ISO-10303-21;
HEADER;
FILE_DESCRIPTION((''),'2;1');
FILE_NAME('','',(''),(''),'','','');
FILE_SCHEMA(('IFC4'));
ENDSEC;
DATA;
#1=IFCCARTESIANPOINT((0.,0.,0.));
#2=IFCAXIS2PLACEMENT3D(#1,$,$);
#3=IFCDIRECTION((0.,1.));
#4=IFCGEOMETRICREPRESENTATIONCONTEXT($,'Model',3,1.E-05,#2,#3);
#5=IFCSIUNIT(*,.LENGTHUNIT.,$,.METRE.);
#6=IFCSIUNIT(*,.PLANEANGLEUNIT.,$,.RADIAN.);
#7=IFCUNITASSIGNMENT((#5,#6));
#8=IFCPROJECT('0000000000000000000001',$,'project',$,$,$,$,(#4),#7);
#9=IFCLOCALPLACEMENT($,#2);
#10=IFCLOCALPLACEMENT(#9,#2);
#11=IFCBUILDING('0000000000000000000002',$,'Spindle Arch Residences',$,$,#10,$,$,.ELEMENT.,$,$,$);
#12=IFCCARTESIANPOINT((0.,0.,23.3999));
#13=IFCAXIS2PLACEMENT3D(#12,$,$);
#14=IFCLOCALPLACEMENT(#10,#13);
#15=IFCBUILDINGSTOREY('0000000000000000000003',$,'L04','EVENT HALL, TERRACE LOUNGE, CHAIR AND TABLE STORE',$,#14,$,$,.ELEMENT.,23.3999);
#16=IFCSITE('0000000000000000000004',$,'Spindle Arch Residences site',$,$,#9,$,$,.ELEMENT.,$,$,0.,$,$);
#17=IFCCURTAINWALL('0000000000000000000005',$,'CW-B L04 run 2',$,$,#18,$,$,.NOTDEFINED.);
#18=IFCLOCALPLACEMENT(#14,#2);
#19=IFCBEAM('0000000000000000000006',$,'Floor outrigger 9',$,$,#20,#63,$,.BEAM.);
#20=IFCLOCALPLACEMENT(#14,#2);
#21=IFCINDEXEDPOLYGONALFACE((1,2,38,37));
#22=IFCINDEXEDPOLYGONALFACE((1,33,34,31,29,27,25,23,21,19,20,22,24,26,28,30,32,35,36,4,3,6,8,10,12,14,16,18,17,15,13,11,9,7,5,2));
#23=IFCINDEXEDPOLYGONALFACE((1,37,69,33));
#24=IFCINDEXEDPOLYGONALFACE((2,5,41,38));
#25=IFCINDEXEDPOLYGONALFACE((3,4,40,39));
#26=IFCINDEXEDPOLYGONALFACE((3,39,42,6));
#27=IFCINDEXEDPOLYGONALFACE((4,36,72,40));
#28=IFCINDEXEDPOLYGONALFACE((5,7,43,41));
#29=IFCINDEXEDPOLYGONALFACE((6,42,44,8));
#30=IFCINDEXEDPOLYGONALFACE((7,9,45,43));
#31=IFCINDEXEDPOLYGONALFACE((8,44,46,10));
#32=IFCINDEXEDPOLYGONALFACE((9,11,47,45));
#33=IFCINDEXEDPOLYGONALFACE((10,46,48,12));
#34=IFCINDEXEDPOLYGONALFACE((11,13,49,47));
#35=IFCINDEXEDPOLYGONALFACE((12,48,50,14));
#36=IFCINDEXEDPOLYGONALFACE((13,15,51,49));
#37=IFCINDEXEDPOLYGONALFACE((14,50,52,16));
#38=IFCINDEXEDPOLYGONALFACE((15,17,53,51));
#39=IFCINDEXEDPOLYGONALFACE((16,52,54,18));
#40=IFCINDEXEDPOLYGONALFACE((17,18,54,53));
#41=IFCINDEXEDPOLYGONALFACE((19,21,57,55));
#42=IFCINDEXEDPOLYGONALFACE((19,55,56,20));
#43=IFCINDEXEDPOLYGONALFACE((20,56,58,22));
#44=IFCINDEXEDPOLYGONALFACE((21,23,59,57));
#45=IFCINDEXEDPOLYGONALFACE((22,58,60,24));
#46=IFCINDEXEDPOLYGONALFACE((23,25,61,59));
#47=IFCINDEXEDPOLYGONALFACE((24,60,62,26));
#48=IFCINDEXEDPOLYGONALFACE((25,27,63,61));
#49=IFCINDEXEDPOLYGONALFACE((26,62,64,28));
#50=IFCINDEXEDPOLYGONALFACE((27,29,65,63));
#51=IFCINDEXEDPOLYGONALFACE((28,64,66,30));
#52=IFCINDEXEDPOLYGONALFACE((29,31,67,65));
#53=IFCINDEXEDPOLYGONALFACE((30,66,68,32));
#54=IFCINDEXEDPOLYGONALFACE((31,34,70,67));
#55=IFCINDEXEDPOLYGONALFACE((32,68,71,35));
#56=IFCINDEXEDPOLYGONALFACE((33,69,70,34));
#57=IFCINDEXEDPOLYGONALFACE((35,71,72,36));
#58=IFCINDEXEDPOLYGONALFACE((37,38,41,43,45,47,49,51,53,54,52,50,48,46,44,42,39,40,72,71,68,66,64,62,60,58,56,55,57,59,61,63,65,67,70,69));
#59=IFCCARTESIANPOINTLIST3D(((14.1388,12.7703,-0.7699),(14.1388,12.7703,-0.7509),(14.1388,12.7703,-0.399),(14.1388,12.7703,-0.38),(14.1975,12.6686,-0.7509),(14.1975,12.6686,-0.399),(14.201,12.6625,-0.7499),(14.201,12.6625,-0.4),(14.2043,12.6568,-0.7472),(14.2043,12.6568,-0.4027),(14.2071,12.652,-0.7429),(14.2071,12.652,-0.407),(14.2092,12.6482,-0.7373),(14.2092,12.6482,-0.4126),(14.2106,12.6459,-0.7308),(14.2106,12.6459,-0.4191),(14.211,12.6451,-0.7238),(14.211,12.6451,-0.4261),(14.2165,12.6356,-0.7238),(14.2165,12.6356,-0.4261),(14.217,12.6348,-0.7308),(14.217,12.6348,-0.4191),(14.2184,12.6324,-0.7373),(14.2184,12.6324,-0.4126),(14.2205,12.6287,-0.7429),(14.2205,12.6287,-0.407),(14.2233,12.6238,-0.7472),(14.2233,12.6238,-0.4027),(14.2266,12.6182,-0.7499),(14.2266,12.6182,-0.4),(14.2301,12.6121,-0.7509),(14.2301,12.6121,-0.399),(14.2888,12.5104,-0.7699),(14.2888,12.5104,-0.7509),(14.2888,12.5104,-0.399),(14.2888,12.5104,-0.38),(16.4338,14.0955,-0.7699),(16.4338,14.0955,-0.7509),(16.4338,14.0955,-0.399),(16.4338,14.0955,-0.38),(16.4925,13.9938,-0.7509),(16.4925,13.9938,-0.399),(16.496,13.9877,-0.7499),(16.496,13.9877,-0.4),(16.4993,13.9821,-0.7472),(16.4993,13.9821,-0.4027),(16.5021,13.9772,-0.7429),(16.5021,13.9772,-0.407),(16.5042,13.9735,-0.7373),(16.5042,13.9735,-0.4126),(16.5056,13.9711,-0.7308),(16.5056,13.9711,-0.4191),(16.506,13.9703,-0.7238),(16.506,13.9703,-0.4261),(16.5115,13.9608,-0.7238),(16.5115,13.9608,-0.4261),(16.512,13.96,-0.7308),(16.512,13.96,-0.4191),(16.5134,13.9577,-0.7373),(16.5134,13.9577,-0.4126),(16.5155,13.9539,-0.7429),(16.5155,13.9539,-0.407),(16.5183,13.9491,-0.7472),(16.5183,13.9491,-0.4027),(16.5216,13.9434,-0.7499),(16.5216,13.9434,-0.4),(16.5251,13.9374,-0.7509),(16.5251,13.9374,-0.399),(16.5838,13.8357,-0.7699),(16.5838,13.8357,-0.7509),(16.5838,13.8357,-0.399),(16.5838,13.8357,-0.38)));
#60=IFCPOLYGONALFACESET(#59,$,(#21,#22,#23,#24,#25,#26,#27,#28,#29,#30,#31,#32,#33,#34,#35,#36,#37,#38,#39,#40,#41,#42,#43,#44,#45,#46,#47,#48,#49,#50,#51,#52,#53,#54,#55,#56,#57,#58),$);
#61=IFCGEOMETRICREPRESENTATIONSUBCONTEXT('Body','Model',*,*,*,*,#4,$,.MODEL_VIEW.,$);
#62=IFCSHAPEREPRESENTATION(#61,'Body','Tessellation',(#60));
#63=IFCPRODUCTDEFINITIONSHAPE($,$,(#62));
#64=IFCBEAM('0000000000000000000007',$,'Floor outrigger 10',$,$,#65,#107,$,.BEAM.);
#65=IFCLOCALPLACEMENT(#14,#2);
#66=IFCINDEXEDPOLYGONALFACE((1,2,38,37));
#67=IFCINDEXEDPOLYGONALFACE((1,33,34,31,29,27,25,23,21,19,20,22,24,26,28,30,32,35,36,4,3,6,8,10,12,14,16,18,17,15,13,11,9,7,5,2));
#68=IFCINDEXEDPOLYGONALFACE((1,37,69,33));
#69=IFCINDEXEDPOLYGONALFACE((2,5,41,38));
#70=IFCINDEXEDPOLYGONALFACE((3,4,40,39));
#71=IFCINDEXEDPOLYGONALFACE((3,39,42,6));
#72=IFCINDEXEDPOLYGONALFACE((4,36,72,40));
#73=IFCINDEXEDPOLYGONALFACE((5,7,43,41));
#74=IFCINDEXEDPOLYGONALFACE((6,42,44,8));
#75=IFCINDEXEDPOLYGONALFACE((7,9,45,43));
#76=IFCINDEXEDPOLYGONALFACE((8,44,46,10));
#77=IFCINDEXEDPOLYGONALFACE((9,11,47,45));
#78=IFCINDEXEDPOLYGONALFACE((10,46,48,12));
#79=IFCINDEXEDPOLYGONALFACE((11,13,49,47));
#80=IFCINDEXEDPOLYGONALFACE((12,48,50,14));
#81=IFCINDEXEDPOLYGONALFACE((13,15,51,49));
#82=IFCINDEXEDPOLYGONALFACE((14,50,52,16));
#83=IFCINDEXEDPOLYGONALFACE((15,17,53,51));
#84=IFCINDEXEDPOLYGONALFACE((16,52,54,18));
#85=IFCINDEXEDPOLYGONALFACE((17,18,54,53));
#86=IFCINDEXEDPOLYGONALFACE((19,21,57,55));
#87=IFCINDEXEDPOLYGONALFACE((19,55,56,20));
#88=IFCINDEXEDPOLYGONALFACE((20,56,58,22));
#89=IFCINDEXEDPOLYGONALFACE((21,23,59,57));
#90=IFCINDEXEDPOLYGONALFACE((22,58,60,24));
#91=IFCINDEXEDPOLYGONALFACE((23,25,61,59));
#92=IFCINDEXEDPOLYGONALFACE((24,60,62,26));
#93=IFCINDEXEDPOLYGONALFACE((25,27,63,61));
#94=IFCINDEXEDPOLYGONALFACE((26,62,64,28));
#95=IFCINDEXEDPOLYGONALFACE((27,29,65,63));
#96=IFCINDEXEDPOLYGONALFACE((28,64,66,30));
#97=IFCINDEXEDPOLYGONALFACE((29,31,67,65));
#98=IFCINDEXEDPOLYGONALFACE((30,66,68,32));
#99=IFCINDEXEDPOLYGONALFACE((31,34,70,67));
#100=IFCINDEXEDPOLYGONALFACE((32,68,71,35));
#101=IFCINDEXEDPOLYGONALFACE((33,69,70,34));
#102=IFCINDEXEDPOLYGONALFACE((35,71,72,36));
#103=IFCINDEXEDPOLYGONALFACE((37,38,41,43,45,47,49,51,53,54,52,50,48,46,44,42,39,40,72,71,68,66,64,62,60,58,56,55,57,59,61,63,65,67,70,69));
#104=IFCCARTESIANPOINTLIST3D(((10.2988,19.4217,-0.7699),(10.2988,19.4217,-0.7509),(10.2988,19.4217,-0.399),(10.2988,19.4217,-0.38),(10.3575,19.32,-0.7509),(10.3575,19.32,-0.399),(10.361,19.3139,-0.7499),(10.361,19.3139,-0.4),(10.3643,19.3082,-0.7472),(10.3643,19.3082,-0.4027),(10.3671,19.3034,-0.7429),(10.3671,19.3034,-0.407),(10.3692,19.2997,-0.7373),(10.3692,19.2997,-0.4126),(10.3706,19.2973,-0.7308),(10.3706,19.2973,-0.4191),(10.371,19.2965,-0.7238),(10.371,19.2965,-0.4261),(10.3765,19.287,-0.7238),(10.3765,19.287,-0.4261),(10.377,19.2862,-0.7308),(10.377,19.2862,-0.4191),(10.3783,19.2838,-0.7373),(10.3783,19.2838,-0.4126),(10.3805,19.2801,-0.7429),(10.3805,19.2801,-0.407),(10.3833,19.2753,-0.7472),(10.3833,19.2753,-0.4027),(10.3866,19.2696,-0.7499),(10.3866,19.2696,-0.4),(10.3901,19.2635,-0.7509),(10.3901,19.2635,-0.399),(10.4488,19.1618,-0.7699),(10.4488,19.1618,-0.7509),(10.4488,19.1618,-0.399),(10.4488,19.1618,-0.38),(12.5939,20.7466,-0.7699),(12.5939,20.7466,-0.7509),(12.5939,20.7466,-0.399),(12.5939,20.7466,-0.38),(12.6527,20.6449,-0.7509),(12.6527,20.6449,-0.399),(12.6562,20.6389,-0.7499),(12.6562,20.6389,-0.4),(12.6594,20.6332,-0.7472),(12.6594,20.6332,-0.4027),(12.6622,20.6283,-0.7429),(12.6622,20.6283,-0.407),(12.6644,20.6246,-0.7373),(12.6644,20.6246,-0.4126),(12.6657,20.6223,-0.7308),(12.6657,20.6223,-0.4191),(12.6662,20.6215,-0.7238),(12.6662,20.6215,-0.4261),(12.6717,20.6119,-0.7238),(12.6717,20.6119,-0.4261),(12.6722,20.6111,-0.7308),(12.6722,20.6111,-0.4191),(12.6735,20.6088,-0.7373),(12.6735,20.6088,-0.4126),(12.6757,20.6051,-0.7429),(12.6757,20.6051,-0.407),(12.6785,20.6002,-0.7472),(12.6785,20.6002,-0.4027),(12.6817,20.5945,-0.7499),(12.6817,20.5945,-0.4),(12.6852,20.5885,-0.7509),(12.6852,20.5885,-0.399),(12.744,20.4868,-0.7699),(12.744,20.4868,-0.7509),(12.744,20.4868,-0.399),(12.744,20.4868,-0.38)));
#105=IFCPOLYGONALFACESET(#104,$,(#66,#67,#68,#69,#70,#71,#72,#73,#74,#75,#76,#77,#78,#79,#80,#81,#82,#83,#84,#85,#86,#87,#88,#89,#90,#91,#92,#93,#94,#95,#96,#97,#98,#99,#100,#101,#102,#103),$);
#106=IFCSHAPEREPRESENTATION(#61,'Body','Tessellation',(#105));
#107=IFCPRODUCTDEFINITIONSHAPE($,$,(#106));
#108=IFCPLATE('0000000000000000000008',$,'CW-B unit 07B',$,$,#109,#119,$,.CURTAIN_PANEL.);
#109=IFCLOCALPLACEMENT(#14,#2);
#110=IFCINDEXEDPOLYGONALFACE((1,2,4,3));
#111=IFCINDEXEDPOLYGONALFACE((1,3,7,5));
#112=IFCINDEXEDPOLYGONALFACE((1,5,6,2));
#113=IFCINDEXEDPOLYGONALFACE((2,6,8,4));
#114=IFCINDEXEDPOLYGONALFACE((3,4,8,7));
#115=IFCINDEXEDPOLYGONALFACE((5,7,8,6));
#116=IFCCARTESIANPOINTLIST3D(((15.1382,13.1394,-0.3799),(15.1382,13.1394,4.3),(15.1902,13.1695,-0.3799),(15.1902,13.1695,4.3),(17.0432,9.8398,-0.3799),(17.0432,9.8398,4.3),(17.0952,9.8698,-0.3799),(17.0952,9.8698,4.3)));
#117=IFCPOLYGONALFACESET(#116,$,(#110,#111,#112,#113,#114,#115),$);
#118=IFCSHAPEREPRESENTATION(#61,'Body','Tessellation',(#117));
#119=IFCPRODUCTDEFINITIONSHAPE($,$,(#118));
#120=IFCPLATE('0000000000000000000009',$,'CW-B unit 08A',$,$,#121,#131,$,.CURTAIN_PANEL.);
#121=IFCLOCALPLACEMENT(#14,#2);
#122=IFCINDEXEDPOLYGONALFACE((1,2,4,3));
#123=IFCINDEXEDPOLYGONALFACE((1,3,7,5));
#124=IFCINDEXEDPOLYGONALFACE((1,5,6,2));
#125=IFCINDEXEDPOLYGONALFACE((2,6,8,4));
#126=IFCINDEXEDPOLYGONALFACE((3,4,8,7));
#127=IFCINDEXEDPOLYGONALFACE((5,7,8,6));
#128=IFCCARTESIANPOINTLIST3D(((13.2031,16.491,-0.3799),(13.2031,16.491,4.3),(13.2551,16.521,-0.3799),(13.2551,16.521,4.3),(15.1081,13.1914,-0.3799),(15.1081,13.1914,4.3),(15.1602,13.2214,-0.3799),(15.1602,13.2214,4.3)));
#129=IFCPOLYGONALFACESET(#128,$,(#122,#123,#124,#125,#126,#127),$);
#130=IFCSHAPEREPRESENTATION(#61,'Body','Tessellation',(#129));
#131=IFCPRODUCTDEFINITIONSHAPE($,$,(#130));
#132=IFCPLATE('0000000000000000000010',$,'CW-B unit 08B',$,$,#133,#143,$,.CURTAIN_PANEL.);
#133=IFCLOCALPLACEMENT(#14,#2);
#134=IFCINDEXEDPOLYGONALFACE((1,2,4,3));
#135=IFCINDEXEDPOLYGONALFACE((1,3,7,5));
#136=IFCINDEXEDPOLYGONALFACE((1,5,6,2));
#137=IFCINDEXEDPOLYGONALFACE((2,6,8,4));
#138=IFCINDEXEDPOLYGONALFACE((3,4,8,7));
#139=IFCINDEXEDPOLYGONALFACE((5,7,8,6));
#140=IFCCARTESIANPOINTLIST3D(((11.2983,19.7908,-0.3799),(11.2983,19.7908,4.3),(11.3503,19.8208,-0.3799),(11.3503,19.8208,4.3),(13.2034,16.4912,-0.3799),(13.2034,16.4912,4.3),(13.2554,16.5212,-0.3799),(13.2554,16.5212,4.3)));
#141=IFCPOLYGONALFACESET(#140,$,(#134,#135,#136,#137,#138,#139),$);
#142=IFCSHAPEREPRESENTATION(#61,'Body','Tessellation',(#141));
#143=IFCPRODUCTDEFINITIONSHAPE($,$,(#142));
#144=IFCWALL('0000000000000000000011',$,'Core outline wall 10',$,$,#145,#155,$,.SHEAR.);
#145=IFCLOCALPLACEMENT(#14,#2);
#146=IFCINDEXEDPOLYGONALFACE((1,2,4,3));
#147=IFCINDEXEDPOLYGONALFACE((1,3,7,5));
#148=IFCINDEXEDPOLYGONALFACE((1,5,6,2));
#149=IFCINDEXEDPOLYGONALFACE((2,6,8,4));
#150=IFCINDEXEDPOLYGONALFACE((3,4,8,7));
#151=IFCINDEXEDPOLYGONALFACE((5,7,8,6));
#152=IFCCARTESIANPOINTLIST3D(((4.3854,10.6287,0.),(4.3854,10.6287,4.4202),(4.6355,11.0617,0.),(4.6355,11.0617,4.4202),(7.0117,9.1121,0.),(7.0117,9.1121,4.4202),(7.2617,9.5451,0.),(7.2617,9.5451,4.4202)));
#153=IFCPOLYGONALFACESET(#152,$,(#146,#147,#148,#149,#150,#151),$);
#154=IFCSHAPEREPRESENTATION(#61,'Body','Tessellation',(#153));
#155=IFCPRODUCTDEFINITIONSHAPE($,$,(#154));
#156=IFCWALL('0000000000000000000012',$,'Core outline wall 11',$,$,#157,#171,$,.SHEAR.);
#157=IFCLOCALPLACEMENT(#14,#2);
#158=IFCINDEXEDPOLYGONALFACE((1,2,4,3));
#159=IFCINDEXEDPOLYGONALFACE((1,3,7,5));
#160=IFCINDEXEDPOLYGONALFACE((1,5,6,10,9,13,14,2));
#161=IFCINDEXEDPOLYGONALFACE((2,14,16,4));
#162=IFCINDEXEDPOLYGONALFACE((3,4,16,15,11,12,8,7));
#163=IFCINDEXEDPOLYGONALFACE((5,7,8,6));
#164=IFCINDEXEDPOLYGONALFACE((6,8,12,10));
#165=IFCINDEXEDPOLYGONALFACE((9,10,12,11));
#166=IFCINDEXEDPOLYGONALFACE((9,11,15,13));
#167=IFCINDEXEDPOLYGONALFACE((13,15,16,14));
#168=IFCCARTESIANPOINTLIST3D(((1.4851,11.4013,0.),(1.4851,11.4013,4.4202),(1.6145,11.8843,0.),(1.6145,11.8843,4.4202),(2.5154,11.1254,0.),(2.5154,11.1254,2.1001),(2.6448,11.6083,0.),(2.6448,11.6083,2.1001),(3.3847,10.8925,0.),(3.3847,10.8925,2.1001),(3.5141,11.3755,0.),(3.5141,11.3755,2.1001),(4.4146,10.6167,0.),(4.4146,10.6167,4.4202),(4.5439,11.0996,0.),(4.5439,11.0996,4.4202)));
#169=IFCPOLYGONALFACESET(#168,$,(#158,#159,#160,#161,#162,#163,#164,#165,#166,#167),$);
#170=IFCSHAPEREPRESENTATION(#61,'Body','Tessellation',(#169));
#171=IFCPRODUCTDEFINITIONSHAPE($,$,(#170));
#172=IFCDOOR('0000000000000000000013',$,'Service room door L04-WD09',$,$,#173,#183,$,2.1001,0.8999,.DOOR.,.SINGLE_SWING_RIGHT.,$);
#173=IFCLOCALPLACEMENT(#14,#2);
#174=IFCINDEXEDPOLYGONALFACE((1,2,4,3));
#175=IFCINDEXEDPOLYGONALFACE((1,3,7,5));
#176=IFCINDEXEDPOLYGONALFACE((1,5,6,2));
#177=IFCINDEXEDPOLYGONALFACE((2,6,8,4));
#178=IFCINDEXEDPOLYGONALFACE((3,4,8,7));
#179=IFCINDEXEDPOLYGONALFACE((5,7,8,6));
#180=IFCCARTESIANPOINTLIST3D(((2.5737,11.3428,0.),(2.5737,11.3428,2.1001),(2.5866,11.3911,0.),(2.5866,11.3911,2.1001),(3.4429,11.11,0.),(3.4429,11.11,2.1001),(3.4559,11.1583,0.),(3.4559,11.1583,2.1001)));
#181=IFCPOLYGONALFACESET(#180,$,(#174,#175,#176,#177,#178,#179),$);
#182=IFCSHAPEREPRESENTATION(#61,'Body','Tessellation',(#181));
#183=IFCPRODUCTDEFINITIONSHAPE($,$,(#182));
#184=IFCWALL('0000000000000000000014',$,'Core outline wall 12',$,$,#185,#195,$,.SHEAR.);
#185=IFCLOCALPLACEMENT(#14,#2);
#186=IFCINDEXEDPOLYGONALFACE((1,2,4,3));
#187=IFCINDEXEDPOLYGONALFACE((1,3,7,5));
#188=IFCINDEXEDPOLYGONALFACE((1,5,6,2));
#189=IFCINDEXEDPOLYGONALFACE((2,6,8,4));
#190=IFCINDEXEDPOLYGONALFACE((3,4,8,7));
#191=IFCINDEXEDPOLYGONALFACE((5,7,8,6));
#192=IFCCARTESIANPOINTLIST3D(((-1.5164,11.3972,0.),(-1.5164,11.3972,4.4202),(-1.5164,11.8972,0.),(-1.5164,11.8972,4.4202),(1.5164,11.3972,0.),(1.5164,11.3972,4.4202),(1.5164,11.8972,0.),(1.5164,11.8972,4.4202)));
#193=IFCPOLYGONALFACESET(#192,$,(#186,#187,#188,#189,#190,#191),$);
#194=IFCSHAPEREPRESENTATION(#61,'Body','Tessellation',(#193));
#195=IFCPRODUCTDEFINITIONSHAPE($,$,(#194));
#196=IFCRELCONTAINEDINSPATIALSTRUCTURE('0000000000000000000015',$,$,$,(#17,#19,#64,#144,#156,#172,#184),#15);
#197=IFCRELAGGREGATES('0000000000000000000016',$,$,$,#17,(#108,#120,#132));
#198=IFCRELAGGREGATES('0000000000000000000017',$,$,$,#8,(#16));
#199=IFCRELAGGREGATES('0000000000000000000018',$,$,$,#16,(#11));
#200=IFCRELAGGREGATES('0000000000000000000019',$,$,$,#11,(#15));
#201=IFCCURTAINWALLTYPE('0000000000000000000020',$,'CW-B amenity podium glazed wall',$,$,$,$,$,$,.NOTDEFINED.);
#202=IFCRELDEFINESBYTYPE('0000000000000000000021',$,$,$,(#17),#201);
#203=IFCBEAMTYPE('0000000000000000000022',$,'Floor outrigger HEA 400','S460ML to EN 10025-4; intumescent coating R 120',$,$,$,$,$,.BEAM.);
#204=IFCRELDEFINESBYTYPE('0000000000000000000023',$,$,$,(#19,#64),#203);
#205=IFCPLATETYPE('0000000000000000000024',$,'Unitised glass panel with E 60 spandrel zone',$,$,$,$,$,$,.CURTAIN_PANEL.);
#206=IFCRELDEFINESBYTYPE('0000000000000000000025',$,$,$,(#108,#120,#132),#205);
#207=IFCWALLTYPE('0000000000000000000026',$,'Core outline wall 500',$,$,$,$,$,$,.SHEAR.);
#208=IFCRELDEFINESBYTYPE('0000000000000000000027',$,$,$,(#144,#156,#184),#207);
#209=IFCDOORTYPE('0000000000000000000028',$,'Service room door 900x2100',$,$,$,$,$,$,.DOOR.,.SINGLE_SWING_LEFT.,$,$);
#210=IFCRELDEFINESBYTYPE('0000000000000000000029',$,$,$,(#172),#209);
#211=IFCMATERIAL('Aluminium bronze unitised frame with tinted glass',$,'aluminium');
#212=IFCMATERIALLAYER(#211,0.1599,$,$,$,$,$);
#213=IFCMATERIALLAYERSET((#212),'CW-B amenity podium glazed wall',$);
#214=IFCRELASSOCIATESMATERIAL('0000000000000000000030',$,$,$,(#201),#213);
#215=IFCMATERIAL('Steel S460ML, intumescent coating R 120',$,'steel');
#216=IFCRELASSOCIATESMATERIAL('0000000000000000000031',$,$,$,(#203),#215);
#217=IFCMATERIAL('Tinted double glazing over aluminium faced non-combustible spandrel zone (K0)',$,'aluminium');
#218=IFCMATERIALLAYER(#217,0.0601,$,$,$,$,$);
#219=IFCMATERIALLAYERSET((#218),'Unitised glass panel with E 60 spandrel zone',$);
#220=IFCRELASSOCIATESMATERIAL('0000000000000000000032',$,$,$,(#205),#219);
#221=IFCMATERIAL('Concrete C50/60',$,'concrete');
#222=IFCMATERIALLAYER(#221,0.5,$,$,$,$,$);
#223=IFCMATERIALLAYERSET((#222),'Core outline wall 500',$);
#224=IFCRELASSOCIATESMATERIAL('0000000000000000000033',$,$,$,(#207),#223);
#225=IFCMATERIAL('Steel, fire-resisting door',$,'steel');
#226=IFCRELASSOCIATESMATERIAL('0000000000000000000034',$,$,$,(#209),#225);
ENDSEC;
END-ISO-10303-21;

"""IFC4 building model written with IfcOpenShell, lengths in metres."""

from ifc_helpers import new_model, si_unit, direction, frame, frame_2d, origin, origin_2d, place, context, subcontext, project, spatial, rectangle, i_section, extrude, material, layer, layer_set, material_profile, profile_set, type_object, element, fill, aggregate, save


model = new_model("IFC4")

# Units and contexts
model_context = context("Model", 3, precision=1e-05, world=origin(), true_north=direction((0.0, 1.0)))
body_context = subcontext(model_context, "Body", "Model", "MODEL_VIEW")
ifc_project = project(units=[si_unit("LENGTHUNIT", "METRE"), si_unit("PLANEANGLEUNIT", "RADIAN")], contexts=[model_context])

# Site, building, storey
site_placement = place(None, origin())
site = spatial("IfcSite", under=ifc_project, at=site_placement, Name="Spindle Arch Residences site", CompositionType="ELEMENT", RefElevation=0.0)
building_placement = place(site_placement, origin())
building = spatial("IfcBuilding", under=site, at=building_placement, Name="Spindle Arch Residences", CompositionType="ELEMENT")
storey_placement = place(building_placement, frame((0.0, 0.0, 23.3999)))
storey = spatial("IfcBuildingStorey", under=building, at=storey_placement, Name="L04", Description="EVENT HALL, TERRACE LOUNGE, CHAIR AND TABLE STORE", CompositionType="ELEMENT", Elevation=23.3999)

# Curtain wall
ifc_material_1 = material(Name="Aluminium bronze unitised frame with tinted glass", Category="aluminium")
ifc_layer_1 = layer(ifc_material_1, 0.1599)
ifc_layer_set_1 = layer_set([ifc_layer_1], Name="CW-B amenity podium glazed wall")
curtain_wall_type = type_object("IfcCurtainWallType", Name="CW-B amenity podium glazed wall", PredefinedType="NOTDEFINED", material=ifc_layer_set_1)
curtain_wall_placement = place(storey_placement, origin())
curtain_wall = element("IfcCurtainWall", 1, at=curtain_wall_placement, inside=storey, type_object=curtain_wall_type, Name="CW-B L04 run 2", PredefinedType="NOTDEFINED")

# Beams
ifc_material_2 = material(Name="Steel S460ML, intumescent coating R 120", Category="steel")
ifc_material_profile_1 = material_profile(ifc_material_2, i_section(OverallWidth=0.3, OverallDepth=0.3899, WebThickness=0.011, FlangeThickness=0.019, FilletRadius=0.0271, at=origin_2d()), Name="HEA 400")
ifc_profile_set_1 = profile_set([ifc_material_profile_1], Name="Steel S460ML, intumescent coating R 120")
beam_type_1 = type_object("IfcBeamType", Name="Floor outrigger HEA 400", Description="S460ML to EN 10025-4; intumescent coating R 120", PredefinedType="BEAM", material=ifc_profile_set_1)
for number, where, z_axis, x_axis, name in (
    (2, (16.5088, 13.9656, -0.575), (-0.865989, -0.500063, 0.0), (0.500063, -0.865989, 0.0), "Floor outrigger 9"),
    (3, (12.6689, 20.6167, -0.575), (-0.866052, -0.499954, 0.0), (0.499954, -0.866052, 0.0), "Floor outrigger 10"),
):
    element("IfcBeam", number, at=place(storey_placement, frame(where, z_axis=z_axis, x_axis=x_axis)), inside=storey, type_object=beam_type_1, Name=name, PredefinedType="BEAM", context=body_context, shape_type="SweptSolid", body=[
        extrude(i_section(OverallWidth=0.3, OverallDepth=0.3899, WebThickness=0.011, FlangeThickness=0.019, FilletRadius=0.0271, at=origin_2d()), origin(), (0.0, 0.0, 1.0), 2.6501),
    ])

# Plates
ifc_material_3 = material(Name="Tinted double glazing over aluminium faced non-combustible spandrel zone (K0)", Category="aluminium")
ifc_layer_2 = layer(ifc_material_3, 0.0601)
ifc_layer_set_2 = layer_set([ifc_layer_2], Name="Unitised glass panel with E 60 spandrel zone")
plate_type = type_object("IfcPlateType", Name="Unitised glass panel with E 60 spandrel zone", PredefinedType="CURTAIN_PANEL", material=ifc_layer_set_2)
plate_1_placement = place(storey_placement, frame((16.1167, 11.5046, -0.3799), z_axis=(0.0, 0.0, 1.0), x_axis=(-0.5, 0.866025, 0.0)))
plate_1 = element("IfcPlate", 4, at=plate_1_placement, type_object=plate_type, Name="CW-B unit 07B", PredefinedType="CURTAIN_PANEL", context=body_context, shape_type="SweptSolid", body=[
    extrude(rectangle(XDim=3.8101, YDim=0.0601, at=origin_2d()), origin(), (0.0, 0.0, 1.0), 4.6799),
])
plate_2_placement = place(storey_placement, frame((14.1816, 14.8562, -0.3799), z_axis=(0.0, 0.0, 1.0), x_axis=(-0.5, 0.866025, 0.0)))
plate_2 = element("IfcPlate", 5, at=plate_2_placement, type_object=plate_type, Name="CW-B unit 08A", PredefinedType="CURTAIN_PANEL", context=body_context, shape_type="SweptSolid", body=[
    extrude(rectangle(XDim=3.8101, YDim=0.0601, at=origin_2d()), origin(), (0.0, 0.0, 1.0), 4.6799),
])
plate_3_placement = place(storey_placement, frame((12.2769, 18.156, -0.3799), z_axis=(0.0, 0.0, 1.0), x_axis=(-0.5, 0.866025, 0.0)))
plate_3 = element("IfcPlate", 6, at=plate_3_placement, type_object=plate_type, Name="CW-B unit 08B", PredefinedType="CURTAIN_PANEL", context=body_context, shape_type="SweptSolid", body=[
    extrude(rectangle(XDim=3.8101, YDim=0.0601, at=origin_2d()), origin(), (0.0, 0.0, 1.0), 4.6799),
])
aggregate(curtain_wall, [plate_1, plate_2, plate_3])

# Wall
ifc_material_4 = material(Name="Concrete C50/60", Category="concrete")
ifc_layer_3 = layer(ifc_material_4, 0.5)
ifc_layer_set_3 = layer_set([ifc_layer_3], Name="Core outline wall 500")
wall_type_1 = type_object("IfcWallType", Name="Core outline wall 500", PredefinedType="SHEAR", material=ifc_layer_set_3)
wall_1_placement = place(storey_placement, frame((7.1367, 9.3286, 0.0), z_axis=(0.0, 0.0, 1.0), x_axis=(-0.865975, 0.500087, 0.0)))
element("IfcWall", 7, at=wall_1_placement, inside=storey, type_object=wall_type_1, Name="Core outline wall 10", PredefinedType="SHEAR", context=body_context, shape_type="SweptSolid", body=[
    extrude(rectangle(XDim=3.0327, YDim=0.5, at=frame_2d((1.5164, 0.0))), origin(), (0.0, 0.0, 1.0), 4.4202),
])

# Wall, opening, door
wall_2_placement = place(storey_placement, frame((4.4792, 10.8582, 0.0), z_axis=(0.0, 0.0, 1.0), x_axis=(-0.965948, 0.258735, 0.0)))
wall_2 = element("IfcWall", 8, at=wall_2_placement, inside=storey, type_object=wall_type_1, Name="Core outline wall 11", PredefinedType="SHEAR", context=body_context, shape_type="SweptSolid", body=[
    extrude(rectangle(XDim=3.0327, YDim=0.5, at=frame_2d((1.5164, 0.0))), origin(), (0.0, 0.0, 1.0), 4.4202),
])
opening_1_placement = place(wall_2_placement, frame((1.0662, 0.0, 0.0)))
opening_1 = element("IfcOpeningElement", 9, at=opening_1_placement, cuts=wall_2, PredefinedType="OPENING", context=body_context, shape_type="SweptSolid", body=[
    extrude(rectangle(XDim=0.8999, YDim=2.1001, at=frame_2d((0.45, 1.05))), frame((0.0, 0.26, 0.0), z_axis=(0.0, -1.0, 0.0), x_axis=(1.0, 0.0, 0.0)), (0.0, 0.0, 1.0), 0.52),
])
ifc_material_5 = material(Name="Steel, fire-resisting door", Category="steel")
door_type_1 = type_object("IfcDoorType", Name="Service room door 900x2100", OperationType="SINGLE_SWING_LEFT", PredefinedType="DOOR", material=ifc_material_5)
door_1_placement = place(opening_1_placement, origin())
door_1 = element("IfcDoor", 10, at=door_1_placement, inside=storey, type_object=door_type_1, Name="Service room door L04-WD09", OperationType="SINGLE_SWING_RIGHT", OverallHeight=2.1001, OverallWidth=0.8999, PredefinedType="DOOR", context=body_context, shape_type="SweptSolid", body=[
    extrude(rectangle(XDim=0.8999, YDim=2.1001, at=frame_2d((0.45, 1.05))), frame((0.0, 0.0249, 0.0), z_axis=(0.0, -1.0, 0.0), x_axis=(1.0, 0.0, 0.0)), (0.0, 0.0, 1.0), 0.05),
])
fill(opening_1, door_1)

# Wall
wall_3_placement = place(storey_placement, frame((1.5164, 11.6472, 0.0), z_axis=(0.0, 0.0, 1.0), x_axis=(-1.0, 0.0, 0.0)))
element("IfcWall", 11, at=wall_3_placement, inside=storey, type_object=wall_type_1, Name="Core outline wall 12", PredefinedType="SHEAR", context=body_context, shape_type="SweptSolid", body=[
    extrude(rectangle(XDim=3.0327, YDim=0.5, at=frame_2d((1.5164, 0.0))), origin(), (0.0, 0.0, 1.0), 4.4202),
])

save(model, "model.ifc")
